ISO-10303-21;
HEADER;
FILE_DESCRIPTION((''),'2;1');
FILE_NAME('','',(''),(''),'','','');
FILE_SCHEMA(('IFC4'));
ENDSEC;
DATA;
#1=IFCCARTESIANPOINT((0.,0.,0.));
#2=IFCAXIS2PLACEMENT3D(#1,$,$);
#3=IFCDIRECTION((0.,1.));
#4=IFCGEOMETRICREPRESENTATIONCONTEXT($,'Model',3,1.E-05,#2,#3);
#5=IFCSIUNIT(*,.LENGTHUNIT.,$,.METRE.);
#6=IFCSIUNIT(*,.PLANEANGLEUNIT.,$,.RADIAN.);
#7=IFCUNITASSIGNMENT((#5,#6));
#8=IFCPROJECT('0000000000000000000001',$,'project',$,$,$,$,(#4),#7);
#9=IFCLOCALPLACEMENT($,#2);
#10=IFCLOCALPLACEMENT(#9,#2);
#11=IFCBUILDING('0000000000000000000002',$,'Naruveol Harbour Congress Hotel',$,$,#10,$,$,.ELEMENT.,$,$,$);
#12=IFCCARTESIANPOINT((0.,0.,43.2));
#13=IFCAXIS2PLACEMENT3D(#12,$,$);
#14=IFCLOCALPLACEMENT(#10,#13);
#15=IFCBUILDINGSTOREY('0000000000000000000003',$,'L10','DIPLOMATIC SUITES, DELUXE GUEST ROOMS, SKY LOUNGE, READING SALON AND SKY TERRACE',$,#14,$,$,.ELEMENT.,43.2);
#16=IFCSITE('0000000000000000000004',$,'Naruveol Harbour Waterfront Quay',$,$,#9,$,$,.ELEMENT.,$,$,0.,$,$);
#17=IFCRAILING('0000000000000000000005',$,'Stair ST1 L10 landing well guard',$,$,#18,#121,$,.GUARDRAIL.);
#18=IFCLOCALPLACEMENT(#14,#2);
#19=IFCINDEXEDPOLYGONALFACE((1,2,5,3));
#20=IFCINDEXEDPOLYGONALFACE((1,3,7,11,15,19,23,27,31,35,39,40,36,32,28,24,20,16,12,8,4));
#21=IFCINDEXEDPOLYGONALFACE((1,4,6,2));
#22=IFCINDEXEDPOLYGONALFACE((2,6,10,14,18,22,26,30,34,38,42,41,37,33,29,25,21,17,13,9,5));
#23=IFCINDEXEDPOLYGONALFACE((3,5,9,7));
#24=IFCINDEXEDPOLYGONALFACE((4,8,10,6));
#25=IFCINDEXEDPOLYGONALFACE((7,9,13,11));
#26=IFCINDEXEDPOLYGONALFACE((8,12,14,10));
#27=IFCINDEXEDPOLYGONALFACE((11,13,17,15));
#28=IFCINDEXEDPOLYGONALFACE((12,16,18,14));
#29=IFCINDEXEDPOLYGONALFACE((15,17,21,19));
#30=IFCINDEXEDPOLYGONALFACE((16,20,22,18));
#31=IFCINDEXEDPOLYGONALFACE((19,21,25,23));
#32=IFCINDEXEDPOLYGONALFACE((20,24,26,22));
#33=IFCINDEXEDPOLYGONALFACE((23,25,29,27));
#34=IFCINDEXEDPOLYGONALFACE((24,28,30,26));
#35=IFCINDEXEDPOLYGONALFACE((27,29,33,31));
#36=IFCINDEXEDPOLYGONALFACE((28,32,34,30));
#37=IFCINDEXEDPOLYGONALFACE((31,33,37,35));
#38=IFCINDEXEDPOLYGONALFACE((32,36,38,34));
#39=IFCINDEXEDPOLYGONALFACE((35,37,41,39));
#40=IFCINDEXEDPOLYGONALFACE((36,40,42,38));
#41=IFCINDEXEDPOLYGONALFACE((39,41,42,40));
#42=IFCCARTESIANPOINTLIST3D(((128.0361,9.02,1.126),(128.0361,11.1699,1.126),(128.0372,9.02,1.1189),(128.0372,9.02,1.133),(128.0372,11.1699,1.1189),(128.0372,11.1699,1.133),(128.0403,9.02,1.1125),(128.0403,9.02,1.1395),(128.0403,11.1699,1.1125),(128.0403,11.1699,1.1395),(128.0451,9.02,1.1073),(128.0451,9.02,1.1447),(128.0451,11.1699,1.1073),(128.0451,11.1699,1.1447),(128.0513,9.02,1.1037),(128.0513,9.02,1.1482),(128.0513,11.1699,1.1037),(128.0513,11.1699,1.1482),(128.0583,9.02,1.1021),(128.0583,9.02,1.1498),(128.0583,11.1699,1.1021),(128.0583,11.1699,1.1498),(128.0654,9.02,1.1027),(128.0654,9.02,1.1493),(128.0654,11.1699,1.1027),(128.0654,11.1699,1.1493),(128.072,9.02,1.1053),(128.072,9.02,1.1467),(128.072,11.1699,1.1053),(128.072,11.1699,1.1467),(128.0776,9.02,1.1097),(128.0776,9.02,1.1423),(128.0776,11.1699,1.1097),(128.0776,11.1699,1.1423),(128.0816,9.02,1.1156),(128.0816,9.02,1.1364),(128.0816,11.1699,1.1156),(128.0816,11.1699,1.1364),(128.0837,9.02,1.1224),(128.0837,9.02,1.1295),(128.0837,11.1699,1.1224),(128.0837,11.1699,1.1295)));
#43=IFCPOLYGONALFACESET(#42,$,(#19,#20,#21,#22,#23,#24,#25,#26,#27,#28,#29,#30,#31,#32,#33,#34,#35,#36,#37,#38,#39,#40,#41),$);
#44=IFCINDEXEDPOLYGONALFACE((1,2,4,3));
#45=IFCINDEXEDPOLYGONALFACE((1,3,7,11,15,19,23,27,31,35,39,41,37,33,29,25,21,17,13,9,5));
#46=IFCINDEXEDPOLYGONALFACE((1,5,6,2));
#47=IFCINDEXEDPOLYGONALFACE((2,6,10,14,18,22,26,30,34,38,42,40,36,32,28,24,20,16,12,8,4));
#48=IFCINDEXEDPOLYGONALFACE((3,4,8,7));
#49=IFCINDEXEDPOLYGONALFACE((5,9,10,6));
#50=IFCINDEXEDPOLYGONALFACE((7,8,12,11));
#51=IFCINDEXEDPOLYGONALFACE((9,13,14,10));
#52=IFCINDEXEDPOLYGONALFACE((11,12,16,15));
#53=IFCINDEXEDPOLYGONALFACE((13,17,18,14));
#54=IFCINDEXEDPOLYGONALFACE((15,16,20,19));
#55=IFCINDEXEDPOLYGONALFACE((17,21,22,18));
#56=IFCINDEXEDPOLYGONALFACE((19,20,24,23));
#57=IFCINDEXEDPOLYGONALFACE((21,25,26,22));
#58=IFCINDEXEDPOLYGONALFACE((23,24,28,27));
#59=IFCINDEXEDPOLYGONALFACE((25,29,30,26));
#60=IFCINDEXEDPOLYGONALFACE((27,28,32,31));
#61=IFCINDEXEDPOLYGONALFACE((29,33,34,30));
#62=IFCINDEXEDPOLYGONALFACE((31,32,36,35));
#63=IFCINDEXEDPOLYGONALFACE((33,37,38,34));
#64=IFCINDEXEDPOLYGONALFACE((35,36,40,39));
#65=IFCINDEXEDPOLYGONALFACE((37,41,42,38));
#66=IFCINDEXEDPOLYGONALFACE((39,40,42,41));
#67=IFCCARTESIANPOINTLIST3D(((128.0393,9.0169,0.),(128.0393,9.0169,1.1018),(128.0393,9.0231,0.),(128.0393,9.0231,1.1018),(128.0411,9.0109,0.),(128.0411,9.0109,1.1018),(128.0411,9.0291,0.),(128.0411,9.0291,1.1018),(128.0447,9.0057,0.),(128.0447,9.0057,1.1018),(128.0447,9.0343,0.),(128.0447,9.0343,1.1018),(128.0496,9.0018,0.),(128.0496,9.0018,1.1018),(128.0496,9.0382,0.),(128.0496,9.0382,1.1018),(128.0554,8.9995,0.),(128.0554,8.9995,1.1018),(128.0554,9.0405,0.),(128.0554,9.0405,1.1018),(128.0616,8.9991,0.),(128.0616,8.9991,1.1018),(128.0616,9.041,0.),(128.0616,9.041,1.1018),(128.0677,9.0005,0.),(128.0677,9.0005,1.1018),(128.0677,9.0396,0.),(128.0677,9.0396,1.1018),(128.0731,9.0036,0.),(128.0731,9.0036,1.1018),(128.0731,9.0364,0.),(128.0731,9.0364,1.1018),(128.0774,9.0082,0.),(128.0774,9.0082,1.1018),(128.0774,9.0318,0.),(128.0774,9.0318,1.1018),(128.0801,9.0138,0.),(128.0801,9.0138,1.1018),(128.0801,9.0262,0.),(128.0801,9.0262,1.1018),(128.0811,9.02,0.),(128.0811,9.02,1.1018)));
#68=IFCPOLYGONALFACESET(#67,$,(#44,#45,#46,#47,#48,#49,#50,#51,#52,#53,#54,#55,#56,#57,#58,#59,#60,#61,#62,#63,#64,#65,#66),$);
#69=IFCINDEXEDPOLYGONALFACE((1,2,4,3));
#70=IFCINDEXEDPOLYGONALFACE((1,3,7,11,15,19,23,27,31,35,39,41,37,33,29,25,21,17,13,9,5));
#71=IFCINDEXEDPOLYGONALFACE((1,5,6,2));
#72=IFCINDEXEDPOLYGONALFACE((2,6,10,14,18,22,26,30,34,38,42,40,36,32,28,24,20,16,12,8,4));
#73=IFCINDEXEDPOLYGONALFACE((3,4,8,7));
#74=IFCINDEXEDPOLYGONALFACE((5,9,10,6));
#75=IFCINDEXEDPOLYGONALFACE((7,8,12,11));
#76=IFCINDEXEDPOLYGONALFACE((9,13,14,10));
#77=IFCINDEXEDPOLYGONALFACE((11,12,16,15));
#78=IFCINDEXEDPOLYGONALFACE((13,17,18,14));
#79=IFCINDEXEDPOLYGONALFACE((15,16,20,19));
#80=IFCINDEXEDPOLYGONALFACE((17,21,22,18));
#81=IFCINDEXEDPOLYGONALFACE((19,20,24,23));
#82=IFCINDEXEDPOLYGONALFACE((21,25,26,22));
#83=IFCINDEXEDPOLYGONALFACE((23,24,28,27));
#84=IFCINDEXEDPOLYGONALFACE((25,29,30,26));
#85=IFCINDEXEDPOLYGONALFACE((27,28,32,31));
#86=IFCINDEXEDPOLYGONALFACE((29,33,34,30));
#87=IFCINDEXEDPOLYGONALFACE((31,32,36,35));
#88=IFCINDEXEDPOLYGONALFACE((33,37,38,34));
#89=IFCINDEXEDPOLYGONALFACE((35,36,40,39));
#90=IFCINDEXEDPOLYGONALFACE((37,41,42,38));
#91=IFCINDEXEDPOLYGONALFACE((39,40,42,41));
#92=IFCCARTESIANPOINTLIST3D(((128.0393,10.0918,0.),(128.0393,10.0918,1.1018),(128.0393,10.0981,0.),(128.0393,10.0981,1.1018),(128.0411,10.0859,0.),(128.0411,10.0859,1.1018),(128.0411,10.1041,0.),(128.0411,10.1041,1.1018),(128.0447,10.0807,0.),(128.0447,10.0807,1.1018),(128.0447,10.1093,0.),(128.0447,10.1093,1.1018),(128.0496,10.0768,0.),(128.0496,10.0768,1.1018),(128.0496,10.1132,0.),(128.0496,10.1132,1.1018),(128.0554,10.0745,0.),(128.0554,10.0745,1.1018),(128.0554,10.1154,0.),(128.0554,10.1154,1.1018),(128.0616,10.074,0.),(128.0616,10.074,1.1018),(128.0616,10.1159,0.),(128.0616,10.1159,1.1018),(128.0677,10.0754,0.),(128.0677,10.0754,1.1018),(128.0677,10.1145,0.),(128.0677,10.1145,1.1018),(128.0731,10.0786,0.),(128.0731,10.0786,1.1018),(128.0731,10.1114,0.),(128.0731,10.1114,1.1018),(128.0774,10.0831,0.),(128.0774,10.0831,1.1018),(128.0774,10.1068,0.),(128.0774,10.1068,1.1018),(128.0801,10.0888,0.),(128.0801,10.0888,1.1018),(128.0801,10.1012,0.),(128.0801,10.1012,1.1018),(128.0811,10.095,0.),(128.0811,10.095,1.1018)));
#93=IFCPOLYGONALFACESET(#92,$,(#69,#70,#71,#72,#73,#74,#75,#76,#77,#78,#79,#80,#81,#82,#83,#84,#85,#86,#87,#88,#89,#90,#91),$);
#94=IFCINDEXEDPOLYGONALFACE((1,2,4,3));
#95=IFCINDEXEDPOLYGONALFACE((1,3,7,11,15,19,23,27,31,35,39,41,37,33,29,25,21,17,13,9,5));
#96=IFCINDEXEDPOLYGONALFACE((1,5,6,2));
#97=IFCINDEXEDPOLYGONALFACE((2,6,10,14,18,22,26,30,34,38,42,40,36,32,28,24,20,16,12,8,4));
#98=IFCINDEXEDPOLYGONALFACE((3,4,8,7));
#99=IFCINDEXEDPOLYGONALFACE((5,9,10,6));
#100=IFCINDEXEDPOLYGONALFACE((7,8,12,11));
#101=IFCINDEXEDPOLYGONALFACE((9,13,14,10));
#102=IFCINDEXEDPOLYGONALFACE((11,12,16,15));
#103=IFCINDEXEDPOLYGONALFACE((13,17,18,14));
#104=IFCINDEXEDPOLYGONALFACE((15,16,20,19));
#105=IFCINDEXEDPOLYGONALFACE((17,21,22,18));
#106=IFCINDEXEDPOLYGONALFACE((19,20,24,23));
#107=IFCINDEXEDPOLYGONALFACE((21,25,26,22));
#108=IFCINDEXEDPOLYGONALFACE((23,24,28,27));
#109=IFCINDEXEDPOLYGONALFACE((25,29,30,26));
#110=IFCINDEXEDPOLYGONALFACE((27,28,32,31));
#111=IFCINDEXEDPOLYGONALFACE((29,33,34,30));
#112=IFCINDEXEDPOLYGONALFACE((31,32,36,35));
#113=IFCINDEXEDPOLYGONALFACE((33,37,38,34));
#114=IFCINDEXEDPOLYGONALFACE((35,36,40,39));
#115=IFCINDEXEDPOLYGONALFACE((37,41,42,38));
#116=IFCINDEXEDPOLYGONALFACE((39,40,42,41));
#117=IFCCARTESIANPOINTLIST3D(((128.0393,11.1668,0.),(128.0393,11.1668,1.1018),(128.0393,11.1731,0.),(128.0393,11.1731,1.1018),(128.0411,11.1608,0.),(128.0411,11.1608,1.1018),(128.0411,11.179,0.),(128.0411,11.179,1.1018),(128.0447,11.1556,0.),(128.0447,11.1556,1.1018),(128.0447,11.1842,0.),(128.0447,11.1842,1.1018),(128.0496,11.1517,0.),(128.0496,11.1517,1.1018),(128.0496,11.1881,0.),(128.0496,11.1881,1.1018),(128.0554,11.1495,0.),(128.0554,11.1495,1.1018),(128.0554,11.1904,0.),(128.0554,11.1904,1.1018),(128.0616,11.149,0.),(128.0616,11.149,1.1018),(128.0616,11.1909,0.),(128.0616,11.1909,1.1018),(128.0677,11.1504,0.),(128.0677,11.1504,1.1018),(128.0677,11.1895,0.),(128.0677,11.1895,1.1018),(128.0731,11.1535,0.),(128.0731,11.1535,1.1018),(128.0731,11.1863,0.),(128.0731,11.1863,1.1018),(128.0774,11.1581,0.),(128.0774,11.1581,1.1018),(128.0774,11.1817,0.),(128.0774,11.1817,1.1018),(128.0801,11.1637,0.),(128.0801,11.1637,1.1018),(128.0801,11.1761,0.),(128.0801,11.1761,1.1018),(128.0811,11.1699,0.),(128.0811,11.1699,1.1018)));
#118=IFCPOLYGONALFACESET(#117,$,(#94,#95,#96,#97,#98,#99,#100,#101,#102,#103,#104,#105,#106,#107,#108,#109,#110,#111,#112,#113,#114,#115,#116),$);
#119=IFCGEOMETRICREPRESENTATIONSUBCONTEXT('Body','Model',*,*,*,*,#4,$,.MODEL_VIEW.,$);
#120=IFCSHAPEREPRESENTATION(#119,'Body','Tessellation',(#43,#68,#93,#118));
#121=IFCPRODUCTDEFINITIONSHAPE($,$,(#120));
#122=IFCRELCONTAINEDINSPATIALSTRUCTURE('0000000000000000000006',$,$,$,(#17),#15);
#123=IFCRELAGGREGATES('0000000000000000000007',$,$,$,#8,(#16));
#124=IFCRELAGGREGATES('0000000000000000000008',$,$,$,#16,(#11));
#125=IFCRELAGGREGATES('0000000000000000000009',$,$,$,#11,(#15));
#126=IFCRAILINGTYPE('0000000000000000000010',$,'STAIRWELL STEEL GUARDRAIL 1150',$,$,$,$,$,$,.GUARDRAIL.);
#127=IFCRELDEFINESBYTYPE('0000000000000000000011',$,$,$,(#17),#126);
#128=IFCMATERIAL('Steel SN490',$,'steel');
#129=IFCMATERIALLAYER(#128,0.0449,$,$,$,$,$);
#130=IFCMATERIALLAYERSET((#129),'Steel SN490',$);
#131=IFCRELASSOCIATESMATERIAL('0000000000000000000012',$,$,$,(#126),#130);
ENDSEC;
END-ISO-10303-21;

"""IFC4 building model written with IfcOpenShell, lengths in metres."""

from ifc_helpers import new_model, si_unit, direction, frame, origin, origin_2d, place, context, subcontext, project, spatial, circle, extrude, material, layer, layer_set, type_object, element, save


model = new_model("IFC4")

# Units and contexts
model_context = context("Model", 3, precision=1e-05, world=origin(), true_north=direction((0.0, 1.0)))
body_context = subcontext(model_context, "Body", "Model", "MODEL_VIEW")
ifc_project = project(units=[si_unit("LENGTHUNIT", "METRE"), si_unit("PLANEANGLEUNIT", "RADIAN")], contexts=[model_context])

# Site, building, storey
site_placement = place(None, origin())
site = spatial("IfcSite", under=ifc_project, at=site_placement, Name="Naruveol Harbour Waterfront Quay", CompositionType="ELEMENT", RefElevation=0.0)
building_placement = place(site_placement, origin())
building = spatial("IfcBuilding", under=site, at=building_placement, Name="Naruveol Harbour Congress Hotel", CompositionType="ELEMENT")
storey_placement = place(building_placement, frame((0.0, 0.0, 43.2)))
storey = spatial("IfcBuildingStorey", under=building, at=storey_placement, Name="L10", Description="DIPLOMATIC SUITES, DELUXE GUEST ROOMS, SKY LOUNGE, READING SALON AND SKY TERRACE", CompositionType="ELEMENT", Elevation=43.2)

# Railing
ifc_material_1 = material(Name="Steel SN490", Category="steel")
ifc_layer_1 = layer(ifc_material_1, 0.0449)
ifc_layer_set_1 = layer_set([ifc_layer_1], Name="Steel SN490")
railing_type_1 = type_object("IfcRailingType", Name="STAIRWELL STEEL GUARDRAIL 1150", PredefinedType="GUARDRAIL", material=ifc_layer_set_1)
railing_1_placement = place(storey_placement, frame((128.0601, 9.02, 0.0)))
element("IfcRailing", 1, at=railing_1_placement, inside=storey, type_object=railing_type_1, Name="Stair ST1 L10 landing well guard", PredefinedType="GUARDRAIL", context=body_context, shape_type="SweptSolid", body=[
    extrude(circle(Radius=0.0239, at=origin_2d()), frame((0.0, 0.0, 1.126), z_axis=(0.0, 1.0, 0.0), x_axis=(-1.0, 0.0, 0.0)), (0.0, 0.0, 1.0), 2.1499),
    extrude(circle(Radius=0.021, at=origin_2d()), origin(), (0.0, 0.0, 1.0), 1.1018),
    extrude(circle(Radius=0.021, at=origin_2d()), frame((0.0, 1.075, 0.0)), (0.0, 0.0, 1.0), 1.1018),
    extrude(circle(Radius=0.021, at=origin_2d()), frame((0.0, 2.1499, 0.0)), (0.0, 0.0, 1.0), 1.1018),
])

save(model, "model.ifc")
